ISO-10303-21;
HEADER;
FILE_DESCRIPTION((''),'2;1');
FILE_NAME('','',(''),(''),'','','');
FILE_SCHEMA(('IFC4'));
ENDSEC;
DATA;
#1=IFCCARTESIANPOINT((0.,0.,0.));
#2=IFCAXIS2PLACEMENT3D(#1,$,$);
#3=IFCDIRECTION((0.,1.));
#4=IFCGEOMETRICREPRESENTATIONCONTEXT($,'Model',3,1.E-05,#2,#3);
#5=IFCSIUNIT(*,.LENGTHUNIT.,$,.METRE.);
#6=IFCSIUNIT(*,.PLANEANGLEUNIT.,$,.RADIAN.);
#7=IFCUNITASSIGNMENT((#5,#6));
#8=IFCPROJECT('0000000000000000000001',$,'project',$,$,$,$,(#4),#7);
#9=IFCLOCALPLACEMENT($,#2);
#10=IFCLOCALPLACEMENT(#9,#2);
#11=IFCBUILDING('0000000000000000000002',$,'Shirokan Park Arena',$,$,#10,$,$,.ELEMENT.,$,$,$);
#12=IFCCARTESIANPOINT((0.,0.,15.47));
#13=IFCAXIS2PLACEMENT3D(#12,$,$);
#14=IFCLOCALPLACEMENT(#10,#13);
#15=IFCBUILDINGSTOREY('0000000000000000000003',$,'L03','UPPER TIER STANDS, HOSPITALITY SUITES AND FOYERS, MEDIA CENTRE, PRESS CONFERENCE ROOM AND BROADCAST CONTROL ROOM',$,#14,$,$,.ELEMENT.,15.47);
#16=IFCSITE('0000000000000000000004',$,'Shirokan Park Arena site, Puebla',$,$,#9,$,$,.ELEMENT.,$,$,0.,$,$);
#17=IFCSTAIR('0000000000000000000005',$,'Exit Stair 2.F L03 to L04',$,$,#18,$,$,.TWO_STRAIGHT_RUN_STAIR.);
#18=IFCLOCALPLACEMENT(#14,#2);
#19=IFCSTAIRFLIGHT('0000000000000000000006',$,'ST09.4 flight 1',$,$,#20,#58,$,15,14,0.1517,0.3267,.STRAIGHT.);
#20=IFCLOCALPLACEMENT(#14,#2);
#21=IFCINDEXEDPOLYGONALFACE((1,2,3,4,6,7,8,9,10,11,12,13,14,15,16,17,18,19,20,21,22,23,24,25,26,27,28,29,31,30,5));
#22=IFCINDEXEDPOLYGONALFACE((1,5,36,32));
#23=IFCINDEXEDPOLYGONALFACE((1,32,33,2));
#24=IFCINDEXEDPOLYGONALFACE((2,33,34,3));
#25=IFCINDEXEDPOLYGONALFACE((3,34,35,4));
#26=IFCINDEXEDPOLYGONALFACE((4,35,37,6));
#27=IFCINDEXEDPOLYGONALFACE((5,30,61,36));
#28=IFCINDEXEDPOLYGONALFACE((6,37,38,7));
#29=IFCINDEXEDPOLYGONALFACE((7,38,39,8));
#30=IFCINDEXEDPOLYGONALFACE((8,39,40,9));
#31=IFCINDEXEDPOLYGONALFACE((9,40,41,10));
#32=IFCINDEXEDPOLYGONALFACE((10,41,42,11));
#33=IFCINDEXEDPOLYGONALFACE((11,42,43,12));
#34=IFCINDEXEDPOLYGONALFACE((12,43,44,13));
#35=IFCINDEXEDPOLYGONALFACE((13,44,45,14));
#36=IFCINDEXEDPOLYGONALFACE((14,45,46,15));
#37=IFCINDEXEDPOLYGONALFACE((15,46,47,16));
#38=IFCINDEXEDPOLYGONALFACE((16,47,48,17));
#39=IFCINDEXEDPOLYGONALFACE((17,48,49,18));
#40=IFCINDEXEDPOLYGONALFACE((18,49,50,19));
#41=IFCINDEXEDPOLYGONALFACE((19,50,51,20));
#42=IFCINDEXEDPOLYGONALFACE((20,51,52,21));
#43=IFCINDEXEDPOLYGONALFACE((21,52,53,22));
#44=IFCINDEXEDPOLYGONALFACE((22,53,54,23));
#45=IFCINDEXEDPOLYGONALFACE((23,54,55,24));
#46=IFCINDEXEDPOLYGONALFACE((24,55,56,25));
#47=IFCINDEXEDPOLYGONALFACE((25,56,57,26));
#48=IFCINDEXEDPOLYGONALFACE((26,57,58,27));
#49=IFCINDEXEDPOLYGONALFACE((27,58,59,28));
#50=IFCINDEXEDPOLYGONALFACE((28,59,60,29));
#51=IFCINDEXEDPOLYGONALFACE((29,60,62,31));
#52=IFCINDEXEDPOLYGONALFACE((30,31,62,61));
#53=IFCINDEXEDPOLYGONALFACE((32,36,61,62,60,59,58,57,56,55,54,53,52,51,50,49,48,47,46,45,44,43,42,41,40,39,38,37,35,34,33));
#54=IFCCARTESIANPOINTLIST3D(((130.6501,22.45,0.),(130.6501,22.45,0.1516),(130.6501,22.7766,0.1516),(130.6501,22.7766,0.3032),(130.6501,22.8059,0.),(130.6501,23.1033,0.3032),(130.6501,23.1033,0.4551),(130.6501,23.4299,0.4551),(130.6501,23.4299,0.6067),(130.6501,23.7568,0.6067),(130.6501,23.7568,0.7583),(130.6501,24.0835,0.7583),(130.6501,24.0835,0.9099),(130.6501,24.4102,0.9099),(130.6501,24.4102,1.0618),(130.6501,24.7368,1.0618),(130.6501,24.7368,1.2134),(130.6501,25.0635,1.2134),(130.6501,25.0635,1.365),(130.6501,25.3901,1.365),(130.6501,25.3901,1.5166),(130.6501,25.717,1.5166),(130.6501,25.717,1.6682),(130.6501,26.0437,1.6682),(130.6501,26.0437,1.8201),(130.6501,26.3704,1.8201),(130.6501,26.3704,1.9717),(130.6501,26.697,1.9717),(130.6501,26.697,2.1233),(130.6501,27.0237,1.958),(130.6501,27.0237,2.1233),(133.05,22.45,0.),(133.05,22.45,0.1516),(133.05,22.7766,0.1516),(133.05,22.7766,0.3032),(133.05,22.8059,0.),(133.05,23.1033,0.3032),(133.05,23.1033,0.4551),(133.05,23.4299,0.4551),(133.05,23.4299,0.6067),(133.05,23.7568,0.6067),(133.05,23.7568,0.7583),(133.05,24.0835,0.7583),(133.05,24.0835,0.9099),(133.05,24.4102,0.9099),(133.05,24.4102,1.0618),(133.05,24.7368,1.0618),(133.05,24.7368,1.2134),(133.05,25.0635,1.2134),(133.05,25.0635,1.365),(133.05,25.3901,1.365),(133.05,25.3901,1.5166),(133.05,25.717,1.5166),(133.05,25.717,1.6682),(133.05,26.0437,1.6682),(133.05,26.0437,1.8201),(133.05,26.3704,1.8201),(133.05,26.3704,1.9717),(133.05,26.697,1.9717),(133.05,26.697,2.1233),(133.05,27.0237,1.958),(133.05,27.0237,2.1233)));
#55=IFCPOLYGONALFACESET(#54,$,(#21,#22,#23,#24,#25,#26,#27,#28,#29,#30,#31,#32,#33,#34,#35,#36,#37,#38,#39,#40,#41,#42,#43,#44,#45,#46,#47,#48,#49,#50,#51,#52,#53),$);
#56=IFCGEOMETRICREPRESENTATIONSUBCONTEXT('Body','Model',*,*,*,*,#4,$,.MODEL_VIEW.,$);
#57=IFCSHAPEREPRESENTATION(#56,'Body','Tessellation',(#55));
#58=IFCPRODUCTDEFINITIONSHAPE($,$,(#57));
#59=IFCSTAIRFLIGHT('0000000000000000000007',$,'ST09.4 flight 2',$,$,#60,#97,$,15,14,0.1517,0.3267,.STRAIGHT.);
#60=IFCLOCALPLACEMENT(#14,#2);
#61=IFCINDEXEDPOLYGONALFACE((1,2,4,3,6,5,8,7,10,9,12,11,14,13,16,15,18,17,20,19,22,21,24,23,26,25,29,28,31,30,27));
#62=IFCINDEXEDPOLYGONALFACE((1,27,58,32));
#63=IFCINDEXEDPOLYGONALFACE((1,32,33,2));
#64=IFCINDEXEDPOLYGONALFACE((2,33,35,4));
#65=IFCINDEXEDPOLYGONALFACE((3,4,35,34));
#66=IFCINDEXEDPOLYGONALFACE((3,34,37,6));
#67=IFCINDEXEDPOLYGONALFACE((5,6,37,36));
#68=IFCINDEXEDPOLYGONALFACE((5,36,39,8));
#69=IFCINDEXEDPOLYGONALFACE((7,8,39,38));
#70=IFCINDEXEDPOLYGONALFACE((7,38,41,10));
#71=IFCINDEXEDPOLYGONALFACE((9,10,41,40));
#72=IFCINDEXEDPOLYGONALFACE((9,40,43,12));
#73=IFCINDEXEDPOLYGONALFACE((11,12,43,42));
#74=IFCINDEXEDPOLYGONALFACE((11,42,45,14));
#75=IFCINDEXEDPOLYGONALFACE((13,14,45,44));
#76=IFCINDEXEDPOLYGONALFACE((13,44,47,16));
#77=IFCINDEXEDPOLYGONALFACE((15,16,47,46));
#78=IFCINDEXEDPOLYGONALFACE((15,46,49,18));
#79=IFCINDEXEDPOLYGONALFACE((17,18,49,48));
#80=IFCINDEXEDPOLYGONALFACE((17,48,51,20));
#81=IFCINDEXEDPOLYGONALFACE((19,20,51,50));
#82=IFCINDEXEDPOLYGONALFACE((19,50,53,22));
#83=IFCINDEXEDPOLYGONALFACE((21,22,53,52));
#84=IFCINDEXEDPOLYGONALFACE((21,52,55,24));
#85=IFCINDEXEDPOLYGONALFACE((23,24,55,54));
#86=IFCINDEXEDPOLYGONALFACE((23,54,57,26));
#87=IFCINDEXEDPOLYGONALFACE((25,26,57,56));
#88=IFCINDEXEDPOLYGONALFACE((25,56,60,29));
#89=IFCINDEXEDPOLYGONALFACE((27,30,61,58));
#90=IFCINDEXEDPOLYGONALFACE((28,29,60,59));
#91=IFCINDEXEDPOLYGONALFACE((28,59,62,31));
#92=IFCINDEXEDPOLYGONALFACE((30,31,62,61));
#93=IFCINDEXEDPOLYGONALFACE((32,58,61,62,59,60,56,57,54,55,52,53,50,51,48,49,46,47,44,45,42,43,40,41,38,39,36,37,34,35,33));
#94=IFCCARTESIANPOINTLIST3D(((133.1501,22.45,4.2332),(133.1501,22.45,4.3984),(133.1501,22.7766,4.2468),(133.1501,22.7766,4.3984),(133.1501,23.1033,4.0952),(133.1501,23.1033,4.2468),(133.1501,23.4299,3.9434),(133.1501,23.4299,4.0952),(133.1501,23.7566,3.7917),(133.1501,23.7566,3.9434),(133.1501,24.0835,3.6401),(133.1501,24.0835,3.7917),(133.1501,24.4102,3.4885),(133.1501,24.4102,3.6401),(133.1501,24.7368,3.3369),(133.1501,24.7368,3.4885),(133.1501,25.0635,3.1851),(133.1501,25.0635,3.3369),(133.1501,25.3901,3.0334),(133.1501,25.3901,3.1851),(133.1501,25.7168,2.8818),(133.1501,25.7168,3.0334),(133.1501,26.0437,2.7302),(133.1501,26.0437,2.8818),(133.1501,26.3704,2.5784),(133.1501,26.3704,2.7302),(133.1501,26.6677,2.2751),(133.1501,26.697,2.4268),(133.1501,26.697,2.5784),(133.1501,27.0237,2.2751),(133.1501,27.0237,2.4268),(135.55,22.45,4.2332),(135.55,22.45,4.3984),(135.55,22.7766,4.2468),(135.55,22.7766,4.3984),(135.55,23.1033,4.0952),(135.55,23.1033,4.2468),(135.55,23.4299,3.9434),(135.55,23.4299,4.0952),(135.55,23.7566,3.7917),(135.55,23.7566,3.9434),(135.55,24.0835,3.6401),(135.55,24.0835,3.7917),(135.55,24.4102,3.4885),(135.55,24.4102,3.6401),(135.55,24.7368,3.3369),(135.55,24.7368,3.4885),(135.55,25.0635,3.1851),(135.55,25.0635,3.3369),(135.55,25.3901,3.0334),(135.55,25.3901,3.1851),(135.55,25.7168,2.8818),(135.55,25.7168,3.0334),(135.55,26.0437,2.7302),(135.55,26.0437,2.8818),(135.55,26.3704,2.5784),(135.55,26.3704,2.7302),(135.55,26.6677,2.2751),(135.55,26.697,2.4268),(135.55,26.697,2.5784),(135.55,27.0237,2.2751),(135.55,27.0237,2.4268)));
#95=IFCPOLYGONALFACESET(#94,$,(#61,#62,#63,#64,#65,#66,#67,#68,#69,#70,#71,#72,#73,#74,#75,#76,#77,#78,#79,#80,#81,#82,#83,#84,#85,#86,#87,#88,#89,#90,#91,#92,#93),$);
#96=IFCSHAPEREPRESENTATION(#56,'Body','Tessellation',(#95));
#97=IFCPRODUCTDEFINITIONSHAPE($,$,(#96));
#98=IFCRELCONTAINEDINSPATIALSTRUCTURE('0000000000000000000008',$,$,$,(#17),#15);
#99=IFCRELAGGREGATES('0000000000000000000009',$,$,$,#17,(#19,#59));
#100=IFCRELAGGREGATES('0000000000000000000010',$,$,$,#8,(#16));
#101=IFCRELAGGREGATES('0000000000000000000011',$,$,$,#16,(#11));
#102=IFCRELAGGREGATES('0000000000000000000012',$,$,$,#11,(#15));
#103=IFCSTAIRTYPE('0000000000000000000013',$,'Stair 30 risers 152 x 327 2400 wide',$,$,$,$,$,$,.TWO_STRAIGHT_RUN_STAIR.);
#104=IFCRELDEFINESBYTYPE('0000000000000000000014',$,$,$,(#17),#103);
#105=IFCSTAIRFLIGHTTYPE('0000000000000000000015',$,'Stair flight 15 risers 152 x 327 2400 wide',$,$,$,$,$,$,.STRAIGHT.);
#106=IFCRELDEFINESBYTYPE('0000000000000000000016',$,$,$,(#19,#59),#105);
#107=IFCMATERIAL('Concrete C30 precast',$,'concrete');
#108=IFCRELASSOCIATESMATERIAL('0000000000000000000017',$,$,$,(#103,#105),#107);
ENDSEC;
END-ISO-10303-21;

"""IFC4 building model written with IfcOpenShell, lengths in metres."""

from ifc_helpers import new_model, si_unit, direction, frame, origin, place, context, subcontext, project, spatial, polyline, outline, extrude, material, type_object, element, aggregate, save


model = new_model("IFC4")

# Units and contexts
model_context = context("Model", 3, precision=1e-05, world=origin(), true_north=direction((0.0, 1.0)))
body_context = subcontext(model_context, "Body", "Model", "MODEL_VIEW")
ifc_project = project(units=[si_unit("LENGTHUNIT", "METRE"), si_unit("PLANEANGLEUNIT", "RADIAN")], contexts=[model_context])

# Site, building, storey
site_placement = place(None, origin())
site = spatial("IfcSite", under=ifc_project, at=site_placement, Name="Shirokan Park Arena site, Puebla", CompositionType="ELEMENT", RefElevation=0.0)
building_placement = place(site_placement, origin())
building = spatial("IfcBuilding", under=site, at=building_placement, Name="Shirokan Park Arena", CompositionType="ELEMENT")
storey_placement = place(building_placement, frame((0.0, 0.0, 15.47)))
storey = spatial("IfcBuildingStorey", under=building, at=storey_placement, Name="L03", Description="UPPER TIER STANDS, HOSPITALITY SUITES AND FOYERS, MEDIA CENTRE, PRESS CONFERENCE ROOM AND BROADCAST CONTROL ROOM", CompositionType="ELEMENT", Elevation=15.47)

# Stair, stair flights
ifc_material_1 = material(Name="Concrete C30 precast", Category="concrete")
stair_type = type_object("IfcStairType", Name="Stair 30 risers 152 x 327 2400 wide", PredefinedType="TWO_STRAIGHT_RUN_STAIR", material=ifc_material_1)
stair_placement = place(storey_placement, origin())
stair = element("IfcStair", 1, at=stair_placement, inside=storey, type_object=stair_type, Name="Exit Stair 2.F L03 to L04", PredefinedType="TWO_STRAIGHT_RUN_STAIR")
stair_flight_type = type_object("IfcStairFlightType", Name="Stair flight 15 risers 152 x 327 2400 wide", PredefinedType="STRAIGHT", material=ifc_material_1)
stair_flight_1_placement = place(storey_placement, frame((131.8501, 22.45, 0.0), z_axis=(0.0, 0.0, 1.0), x_axis=(0.0, 1.0, 0.0)))
stair_flight_1 = element("IfcStairFlight", 2, at=stair_flight_1_placement, type_object=stair_flight_type, Name="ST09.4 flight 1", NumberOfRisers=15, NumberOfTreads=14, PredefinedType="STRAIGHT", RiserHeight=0.1517, TreadLength=0.3267, context=body_context, shape_type="SweptSolid", body=[
    extrude(outline(polyline([(0.0, 0.0), (0.0, 0.1516), (0.3267, 0.1516), (0.3267, 0.3032), (0.6533, 0.3032), (0.6533, 0.4551), (0.98, 0.4551), (0.98, 0.6067), (1.3069, 0.6067), (1.3069, 0.7583), (1.6335, 0.7583), (1.6335, 0.9099), (1.9602, 0.9099), (1.9602, 1.0618), (2.2869, 1.0618), (2.2869, 1.2134), (2.6135, 1.2134), (2.6135, 1.365), (2.9402, 1.365), (2.9402, 1.5166), (3.2671, 1.5166), (3.2671, 1.6682), (3.5938, 1.6682), (3.5938, 1.8201), (3.9204, 1.8201), (3.9204, 1.9717), (4.2471, 1.9717), (4.2471, 2.1233), (4.5737, 2.1233), (4.5737, 2.2749), (4.5737, 1.958), (0.356, 0.0), (0.0, 0.0)])), frame((0.0, 1.2, 0.0), z_axis=(0.0, -1.0, 0.0), x_axis=(1.0, 0.0, 0.0)), (0.0, 0.0, 1.0), 2.3999),
])
stair_flight_2_placement = place(storey_placement, frame((134.3501, 27.0237, 2.2751), z_axis=(0.0, 0.0, 1.0), x_axis=(0.0, -1.0, 0.0)))
stair_flight_2 = element("IfcStairFlight", 3, at=stair_flight_2_placement, type_object=stair_flight_type, Name="ST09.4 flight 2", NumberOfRisers=15, NumberOfTreads=14, PredefinedType="STRAIGHT", RiserHeight=0.1517, TreadLength=0.3267, context=body_context, shape_type="SweptSolid", body=[
    extrude(outline(polyline([(0.0, 0.0), (0.0, 0.1516), (0.3267, 0.1516), (0.3267, 0.3032), (0.6533, 0.3032), (0.6533, 0.4551), (0.98, 0.4551), (0.98, 0.6067), (1.3069, 0.6067), (1.3069, 0.7583), (1.6335, 0.7583), (1.6335, 0.9099), (1.9602, 0.9099), (1.9602, 1.0618), (2.2869, 1.0618), (2.2869, 1.2134), (2.6135, 1.2134), (2.6135, 1.365), (2.9402, 1.365), (2.9402, 1.5166), (3.2671, 1.5166), (3.2671, 1.6682), (3.5938, 1.6682), (3.5938, 1.8201), (3.9204, 1.8201), (3.9204, 1.9717), (4.2471, 1.9717), (4.2471, 2.1233), (4.5737, 2.1233), (4.5737, 2.2749), (4.5737, 1.958), (0.356, 0.0), (0.0, 0.0)])), frame((0.0, 1.2, 0.0), z_axis=(0.0, -1.0, 0.0), x_axis=(1.0, 0.0, 0.0)), (0.0, 0.0, 1.0), 2.3999),
])
aggregate(stair, [stair_flight_1, stair_flight_2])

save(model, "model.ifc")
